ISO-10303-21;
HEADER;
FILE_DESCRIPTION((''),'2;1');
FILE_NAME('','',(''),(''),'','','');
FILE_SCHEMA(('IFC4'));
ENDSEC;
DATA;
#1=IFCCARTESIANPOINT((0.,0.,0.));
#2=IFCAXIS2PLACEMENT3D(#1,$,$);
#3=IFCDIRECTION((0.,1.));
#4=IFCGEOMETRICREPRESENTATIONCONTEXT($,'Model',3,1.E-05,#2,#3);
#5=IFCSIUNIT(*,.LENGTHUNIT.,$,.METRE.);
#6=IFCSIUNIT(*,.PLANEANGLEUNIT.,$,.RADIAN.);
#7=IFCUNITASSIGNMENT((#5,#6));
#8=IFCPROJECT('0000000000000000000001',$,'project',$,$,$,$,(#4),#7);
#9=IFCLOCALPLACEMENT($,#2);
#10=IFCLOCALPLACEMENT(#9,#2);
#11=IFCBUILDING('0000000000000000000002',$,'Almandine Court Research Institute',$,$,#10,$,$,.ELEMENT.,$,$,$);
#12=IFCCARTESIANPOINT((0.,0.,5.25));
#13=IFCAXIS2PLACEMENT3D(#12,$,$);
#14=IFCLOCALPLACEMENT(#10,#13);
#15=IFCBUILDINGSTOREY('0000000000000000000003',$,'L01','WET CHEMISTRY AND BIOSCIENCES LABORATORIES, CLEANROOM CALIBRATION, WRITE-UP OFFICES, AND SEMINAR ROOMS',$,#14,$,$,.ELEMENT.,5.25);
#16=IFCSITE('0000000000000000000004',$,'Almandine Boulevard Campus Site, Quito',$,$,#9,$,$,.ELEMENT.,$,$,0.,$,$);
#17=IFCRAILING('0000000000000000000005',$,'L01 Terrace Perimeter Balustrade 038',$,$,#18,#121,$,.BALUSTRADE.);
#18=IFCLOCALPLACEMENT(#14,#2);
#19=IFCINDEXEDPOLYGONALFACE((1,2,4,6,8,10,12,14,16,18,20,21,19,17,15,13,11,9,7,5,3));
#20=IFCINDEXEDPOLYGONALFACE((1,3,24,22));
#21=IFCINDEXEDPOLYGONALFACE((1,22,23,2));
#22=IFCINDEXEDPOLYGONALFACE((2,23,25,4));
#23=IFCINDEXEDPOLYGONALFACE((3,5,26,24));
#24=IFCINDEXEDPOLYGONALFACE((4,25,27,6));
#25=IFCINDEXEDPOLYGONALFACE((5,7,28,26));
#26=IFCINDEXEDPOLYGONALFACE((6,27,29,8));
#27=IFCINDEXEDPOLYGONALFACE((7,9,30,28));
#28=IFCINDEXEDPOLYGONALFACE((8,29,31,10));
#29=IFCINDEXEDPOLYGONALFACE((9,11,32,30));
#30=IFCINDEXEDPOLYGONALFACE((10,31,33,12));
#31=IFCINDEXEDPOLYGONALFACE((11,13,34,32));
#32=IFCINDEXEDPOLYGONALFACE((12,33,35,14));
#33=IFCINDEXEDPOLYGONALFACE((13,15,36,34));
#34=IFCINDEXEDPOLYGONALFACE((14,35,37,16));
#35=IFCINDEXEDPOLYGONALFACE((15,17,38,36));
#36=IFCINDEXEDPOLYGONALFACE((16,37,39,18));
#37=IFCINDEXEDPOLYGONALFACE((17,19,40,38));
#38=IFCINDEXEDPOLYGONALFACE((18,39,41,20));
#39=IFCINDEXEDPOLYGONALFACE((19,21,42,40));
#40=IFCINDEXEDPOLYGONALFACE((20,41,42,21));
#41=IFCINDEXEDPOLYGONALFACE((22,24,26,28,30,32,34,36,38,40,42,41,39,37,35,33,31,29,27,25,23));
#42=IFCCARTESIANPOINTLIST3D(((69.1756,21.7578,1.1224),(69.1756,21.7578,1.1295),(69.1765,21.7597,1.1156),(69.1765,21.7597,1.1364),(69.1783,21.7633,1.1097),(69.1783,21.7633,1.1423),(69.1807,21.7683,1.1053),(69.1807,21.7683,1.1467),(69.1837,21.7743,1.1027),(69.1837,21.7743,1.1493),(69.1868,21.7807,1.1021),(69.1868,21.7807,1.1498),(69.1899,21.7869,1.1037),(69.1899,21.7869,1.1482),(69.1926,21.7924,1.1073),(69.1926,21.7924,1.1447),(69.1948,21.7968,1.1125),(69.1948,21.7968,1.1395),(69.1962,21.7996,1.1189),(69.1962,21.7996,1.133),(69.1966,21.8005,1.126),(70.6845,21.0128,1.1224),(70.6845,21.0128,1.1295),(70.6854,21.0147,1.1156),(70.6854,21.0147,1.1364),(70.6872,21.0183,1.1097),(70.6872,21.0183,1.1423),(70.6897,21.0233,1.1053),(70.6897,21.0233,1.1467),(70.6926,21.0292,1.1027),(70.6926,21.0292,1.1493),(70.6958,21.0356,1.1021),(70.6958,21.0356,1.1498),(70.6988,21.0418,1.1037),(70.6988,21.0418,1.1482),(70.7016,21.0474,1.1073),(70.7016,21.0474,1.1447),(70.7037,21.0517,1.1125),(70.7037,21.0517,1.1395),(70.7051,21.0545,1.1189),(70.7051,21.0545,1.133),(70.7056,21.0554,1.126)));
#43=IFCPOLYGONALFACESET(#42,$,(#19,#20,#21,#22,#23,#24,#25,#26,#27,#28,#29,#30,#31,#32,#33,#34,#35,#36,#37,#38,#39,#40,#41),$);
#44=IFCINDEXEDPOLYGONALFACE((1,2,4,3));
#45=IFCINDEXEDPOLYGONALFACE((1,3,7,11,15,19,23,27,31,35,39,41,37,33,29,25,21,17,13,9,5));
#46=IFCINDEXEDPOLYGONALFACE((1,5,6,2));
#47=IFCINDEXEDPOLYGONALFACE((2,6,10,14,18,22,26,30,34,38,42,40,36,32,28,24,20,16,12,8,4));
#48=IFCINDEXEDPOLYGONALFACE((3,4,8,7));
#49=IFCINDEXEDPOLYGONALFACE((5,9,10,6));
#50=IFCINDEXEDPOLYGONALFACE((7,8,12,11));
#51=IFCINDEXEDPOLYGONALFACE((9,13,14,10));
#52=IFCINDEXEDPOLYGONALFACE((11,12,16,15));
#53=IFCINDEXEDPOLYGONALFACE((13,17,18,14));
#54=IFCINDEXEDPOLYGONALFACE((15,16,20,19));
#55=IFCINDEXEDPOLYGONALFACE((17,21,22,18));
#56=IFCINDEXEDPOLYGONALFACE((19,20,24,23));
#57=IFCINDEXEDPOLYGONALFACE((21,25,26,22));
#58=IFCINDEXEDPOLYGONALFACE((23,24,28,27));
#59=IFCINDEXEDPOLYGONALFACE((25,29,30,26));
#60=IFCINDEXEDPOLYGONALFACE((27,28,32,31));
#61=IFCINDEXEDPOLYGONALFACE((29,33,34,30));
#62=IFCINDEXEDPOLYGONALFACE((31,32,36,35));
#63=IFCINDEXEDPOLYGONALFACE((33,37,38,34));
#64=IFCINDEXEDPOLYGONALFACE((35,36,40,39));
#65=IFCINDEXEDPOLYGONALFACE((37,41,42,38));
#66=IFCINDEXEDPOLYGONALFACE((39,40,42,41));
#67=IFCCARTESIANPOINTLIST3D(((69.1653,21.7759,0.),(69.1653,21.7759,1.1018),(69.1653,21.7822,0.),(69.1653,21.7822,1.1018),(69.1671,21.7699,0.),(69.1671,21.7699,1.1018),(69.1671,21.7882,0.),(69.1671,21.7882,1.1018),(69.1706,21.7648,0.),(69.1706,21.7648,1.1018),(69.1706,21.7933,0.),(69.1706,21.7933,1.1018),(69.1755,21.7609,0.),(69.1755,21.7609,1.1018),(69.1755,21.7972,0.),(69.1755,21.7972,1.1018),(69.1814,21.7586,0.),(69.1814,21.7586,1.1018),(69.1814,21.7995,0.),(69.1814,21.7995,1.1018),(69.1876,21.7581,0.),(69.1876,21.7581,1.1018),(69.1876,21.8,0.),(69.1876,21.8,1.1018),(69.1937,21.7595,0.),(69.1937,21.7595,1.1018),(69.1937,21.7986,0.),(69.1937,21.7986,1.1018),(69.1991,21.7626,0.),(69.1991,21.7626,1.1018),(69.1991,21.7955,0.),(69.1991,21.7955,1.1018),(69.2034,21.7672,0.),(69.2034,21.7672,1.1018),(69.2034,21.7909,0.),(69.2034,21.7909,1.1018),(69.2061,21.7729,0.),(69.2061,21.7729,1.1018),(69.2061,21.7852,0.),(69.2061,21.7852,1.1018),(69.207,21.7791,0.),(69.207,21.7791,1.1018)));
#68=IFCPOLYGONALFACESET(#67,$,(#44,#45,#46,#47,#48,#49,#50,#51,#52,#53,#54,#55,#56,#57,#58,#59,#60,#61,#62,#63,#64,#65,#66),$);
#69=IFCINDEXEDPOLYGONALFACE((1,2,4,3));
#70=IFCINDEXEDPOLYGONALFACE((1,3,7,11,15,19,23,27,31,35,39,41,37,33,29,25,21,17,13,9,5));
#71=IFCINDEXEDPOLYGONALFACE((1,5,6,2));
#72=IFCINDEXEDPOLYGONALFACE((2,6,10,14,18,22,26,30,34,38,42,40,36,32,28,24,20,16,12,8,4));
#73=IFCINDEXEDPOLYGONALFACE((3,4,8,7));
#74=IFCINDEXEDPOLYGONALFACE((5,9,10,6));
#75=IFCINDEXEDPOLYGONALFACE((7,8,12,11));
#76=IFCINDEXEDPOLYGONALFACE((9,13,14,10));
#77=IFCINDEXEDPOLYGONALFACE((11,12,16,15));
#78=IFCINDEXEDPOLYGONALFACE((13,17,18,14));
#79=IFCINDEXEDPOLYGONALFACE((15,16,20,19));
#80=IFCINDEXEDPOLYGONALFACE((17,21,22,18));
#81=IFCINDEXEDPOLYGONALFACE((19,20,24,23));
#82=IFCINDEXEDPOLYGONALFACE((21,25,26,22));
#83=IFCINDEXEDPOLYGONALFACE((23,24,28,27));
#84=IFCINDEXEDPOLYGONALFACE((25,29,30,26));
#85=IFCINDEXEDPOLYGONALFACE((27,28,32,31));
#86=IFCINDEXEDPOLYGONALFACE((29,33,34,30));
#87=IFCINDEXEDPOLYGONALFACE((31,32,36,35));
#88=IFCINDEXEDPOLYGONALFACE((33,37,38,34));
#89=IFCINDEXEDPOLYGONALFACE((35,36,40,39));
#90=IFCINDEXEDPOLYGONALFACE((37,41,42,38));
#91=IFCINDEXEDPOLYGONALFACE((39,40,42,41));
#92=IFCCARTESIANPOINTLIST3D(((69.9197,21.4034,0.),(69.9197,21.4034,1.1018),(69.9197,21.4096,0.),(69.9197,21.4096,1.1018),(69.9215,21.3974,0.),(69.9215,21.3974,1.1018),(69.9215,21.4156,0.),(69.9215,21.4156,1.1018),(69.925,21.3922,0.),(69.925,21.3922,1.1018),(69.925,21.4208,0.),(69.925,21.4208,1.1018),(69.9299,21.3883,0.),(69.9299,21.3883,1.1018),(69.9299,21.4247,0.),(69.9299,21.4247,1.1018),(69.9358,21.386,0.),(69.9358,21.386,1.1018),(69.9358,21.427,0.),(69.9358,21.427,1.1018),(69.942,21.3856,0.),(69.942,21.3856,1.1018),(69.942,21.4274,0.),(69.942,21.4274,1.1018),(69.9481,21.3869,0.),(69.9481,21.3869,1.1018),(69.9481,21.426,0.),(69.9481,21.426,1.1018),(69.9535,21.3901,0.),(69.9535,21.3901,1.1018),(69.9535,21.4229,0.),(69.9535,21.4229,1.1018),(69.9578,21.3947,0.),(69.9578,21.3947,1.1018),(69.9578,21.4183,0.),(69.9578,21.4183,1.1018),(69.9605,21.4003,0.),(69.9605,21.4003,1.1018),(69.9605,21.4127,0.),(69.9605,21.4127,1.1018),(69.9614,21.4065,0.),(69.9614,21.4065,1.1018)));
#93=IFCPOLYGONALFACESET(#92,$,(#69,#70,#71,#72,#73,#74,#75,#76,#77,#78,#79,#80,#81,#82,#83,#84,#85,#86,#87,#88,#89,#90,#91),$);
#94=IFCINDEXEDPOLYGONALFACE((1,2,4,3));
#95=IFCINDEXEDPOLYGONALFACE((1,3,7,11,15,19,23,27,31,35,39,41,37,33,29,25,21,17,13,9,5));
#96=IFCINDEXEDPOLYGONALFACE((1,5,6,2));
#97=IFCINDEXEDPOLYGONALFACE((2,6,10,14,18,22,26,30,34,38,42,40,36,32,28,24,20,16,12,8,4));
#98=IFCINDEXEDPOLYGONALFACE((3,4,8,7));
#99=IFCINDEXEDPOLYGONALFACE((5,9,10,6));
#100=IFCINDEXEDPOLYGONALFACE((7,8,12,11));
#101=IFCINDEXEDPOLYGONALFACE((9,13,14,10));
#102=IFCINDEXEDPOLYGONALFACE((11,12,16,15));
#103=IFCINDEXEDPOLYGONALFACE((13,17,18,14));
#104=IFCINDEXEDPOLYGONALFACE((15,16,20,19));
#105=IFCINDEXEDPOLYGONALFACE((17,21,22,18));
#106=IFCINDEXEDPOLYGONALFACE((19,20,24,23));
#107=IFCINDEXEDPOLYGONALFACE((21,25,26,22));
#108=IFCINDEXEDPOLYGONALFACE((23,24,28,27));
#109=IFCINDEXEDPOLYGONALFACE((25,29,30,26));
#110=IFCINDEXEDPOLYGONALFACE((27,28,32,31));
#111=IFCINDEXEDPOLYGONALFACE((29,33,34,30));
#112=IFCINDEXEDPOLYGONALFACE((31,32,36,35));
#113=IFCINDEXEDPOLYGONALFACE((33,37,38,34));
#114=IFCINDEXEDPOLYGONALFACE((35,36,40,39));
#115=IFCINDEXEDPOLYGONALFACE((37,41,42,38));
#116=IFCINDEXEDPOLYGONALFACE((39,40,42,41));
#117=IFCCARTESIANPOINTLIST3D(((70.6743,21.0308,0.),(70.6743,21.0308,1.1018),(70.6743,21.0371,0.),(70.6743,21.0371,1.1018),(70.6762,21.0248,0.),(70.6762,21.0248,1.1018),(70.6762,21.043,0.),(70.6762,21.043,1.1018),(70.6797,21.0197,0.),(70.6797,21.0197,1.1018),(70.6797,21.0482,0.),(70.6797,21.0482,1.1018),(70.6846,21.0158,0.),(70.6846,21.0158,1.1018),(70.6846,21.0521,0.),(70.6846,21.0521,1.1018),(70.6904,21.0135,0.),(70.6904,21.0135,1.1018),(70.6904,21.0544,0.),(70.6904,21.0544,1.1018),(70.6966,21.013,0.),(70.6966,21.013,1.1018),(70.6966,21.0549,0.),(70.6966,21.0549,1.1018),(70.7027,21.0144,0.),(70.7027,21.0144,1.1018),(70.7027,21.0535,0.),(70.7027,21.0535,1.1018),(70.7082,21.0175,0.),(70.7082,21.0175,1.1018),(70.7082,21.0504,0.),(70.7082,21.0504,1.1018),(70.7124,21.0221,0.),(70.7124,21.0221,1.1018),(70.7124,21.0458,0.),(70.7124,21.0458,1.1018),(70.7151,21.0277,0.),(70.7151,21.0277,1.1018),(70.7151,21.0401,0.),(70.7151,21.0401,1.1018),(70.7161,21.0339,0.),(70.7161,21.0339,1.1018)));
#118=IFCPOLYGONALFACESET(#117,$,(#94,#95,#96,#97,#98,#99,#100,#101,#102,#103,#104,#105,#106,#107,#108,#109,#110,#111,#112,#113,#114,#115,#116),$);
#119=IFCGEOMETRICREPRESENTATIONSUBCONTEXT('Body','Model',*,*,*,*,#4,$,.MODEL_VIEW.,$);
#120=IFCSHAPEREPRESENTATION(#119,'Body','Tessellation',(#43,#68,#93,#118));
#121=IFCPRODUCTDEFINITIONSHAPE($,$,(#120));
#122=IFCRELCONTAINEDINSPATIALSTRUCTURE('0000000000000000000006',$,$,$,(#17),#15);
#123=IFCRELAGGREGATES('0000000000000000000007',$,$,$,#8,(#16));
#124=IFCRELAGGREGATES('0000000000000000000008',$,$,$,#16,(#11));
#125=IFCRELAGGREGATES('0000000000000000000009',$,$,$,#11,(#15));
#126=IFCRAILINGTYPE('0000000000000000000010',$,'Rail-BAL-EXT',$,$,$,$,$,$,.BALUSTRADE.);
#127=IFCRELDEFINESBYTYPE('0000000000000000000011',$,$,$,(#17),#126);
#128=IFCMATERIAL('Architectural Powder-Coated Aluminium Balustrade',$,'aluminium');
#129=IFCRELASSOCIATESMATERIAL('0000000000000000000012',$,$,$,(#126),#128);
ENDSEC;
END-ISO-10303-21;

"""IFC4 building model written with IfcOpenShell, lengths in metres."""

from ifc_helpers import new_model, si_unit, direction, frame, origin, origin_2d, place, context, subcontext, project, spatial, circle, extrude, material, type_object, element, save


model = new_model("IFC4")

# Units and contexts
model_context = context("Model", 3, precision=1e-05, world=origin(), true_north=direction((0.0, 1.0)))
body_context = subcontext(model_context, "Body", "Model", "MODEL_VIEW")
ifc_project = project(units=[si_unit("LENGTHUNIT", "METRE"), si_unit("PLANEANGLEUNIT", "RADIAN")], contexts=[model_context])

# Site, building, storey
site_placement = place(None, origin())
site = spatial("IfcSite", under=ifc_project, at=site_placement, Name="Almandine Boulevard Campus Site, Quito", CompositionType="ELEMENT", RefElevation=0.0)
building_placement = place(site_placement, origin())
building = spatial("IfcBuilding", under=site, at=building_placement, Name="Almandine Court Research Institute", CompositionType="ELEMENT")
storey_placement = place(building_placement, frame((0.0, 0.0, 5.25)))
storey = spatial("IfcBuildingStorey", under=building, at=storey_placement, Name="L01", Description="WET CHEMISTRY AND BIOSCIENCES LABORATORIES, CLEANROOM CALIBRATION, WRITE-UP OFFICES, AND SEMINAR ROOMS", CompositionType="ELEMENT", Elevation=5.25)

# Railing
ifc_material_1 = material(Name="Architectural Powder-Coated Aluminium Balustrade", Category="aluminium")
railing_type = type_object("IfcRailingType", Name="Rail-BAL-EXT", PredefinedType="BALUSTRADE", material=ifc_material_1)
railing_1_placement = place(storey_placement, frame((69.186, 21.7791, 0.0)))
element("IfcRailing", 1, at=railing_1_placement, inside=storey, type_object=railing_type, Name="L01 Terrace Perimeter Balustrade 038", PredefinedType="BALUSTRADE", context=body_context, shape_type="SweptSolid", body=[
    extrude(circle(Radius=0.0239, at=origin_2d()), frame((0.0, 0.0, 1.126), z_axis=(0.89665, -0.44274, 0.0), x_axis=(0.44274, 0.89665, 0.0)), (0.0, 0.0, 1.0), 1.6829),
    extrude(circle(Radius=0.021, at=origin_2d()), origin(), (0.0, 0.0, 1.0), 1.1018),
    extrude(circle(Radius=0.021, at=origin_2d()), frame((0.7544, -0.3726, 0.0)), (0.0, 0.0, 1.0), 1.1018),
    extrude(circle(Radius=0.021, at=origin_2d()), frame((1.509, -0.7451, 0.0)), (0.0, 0.0, 1.0), 1.1018),
])

save(model, "model.ifc")
